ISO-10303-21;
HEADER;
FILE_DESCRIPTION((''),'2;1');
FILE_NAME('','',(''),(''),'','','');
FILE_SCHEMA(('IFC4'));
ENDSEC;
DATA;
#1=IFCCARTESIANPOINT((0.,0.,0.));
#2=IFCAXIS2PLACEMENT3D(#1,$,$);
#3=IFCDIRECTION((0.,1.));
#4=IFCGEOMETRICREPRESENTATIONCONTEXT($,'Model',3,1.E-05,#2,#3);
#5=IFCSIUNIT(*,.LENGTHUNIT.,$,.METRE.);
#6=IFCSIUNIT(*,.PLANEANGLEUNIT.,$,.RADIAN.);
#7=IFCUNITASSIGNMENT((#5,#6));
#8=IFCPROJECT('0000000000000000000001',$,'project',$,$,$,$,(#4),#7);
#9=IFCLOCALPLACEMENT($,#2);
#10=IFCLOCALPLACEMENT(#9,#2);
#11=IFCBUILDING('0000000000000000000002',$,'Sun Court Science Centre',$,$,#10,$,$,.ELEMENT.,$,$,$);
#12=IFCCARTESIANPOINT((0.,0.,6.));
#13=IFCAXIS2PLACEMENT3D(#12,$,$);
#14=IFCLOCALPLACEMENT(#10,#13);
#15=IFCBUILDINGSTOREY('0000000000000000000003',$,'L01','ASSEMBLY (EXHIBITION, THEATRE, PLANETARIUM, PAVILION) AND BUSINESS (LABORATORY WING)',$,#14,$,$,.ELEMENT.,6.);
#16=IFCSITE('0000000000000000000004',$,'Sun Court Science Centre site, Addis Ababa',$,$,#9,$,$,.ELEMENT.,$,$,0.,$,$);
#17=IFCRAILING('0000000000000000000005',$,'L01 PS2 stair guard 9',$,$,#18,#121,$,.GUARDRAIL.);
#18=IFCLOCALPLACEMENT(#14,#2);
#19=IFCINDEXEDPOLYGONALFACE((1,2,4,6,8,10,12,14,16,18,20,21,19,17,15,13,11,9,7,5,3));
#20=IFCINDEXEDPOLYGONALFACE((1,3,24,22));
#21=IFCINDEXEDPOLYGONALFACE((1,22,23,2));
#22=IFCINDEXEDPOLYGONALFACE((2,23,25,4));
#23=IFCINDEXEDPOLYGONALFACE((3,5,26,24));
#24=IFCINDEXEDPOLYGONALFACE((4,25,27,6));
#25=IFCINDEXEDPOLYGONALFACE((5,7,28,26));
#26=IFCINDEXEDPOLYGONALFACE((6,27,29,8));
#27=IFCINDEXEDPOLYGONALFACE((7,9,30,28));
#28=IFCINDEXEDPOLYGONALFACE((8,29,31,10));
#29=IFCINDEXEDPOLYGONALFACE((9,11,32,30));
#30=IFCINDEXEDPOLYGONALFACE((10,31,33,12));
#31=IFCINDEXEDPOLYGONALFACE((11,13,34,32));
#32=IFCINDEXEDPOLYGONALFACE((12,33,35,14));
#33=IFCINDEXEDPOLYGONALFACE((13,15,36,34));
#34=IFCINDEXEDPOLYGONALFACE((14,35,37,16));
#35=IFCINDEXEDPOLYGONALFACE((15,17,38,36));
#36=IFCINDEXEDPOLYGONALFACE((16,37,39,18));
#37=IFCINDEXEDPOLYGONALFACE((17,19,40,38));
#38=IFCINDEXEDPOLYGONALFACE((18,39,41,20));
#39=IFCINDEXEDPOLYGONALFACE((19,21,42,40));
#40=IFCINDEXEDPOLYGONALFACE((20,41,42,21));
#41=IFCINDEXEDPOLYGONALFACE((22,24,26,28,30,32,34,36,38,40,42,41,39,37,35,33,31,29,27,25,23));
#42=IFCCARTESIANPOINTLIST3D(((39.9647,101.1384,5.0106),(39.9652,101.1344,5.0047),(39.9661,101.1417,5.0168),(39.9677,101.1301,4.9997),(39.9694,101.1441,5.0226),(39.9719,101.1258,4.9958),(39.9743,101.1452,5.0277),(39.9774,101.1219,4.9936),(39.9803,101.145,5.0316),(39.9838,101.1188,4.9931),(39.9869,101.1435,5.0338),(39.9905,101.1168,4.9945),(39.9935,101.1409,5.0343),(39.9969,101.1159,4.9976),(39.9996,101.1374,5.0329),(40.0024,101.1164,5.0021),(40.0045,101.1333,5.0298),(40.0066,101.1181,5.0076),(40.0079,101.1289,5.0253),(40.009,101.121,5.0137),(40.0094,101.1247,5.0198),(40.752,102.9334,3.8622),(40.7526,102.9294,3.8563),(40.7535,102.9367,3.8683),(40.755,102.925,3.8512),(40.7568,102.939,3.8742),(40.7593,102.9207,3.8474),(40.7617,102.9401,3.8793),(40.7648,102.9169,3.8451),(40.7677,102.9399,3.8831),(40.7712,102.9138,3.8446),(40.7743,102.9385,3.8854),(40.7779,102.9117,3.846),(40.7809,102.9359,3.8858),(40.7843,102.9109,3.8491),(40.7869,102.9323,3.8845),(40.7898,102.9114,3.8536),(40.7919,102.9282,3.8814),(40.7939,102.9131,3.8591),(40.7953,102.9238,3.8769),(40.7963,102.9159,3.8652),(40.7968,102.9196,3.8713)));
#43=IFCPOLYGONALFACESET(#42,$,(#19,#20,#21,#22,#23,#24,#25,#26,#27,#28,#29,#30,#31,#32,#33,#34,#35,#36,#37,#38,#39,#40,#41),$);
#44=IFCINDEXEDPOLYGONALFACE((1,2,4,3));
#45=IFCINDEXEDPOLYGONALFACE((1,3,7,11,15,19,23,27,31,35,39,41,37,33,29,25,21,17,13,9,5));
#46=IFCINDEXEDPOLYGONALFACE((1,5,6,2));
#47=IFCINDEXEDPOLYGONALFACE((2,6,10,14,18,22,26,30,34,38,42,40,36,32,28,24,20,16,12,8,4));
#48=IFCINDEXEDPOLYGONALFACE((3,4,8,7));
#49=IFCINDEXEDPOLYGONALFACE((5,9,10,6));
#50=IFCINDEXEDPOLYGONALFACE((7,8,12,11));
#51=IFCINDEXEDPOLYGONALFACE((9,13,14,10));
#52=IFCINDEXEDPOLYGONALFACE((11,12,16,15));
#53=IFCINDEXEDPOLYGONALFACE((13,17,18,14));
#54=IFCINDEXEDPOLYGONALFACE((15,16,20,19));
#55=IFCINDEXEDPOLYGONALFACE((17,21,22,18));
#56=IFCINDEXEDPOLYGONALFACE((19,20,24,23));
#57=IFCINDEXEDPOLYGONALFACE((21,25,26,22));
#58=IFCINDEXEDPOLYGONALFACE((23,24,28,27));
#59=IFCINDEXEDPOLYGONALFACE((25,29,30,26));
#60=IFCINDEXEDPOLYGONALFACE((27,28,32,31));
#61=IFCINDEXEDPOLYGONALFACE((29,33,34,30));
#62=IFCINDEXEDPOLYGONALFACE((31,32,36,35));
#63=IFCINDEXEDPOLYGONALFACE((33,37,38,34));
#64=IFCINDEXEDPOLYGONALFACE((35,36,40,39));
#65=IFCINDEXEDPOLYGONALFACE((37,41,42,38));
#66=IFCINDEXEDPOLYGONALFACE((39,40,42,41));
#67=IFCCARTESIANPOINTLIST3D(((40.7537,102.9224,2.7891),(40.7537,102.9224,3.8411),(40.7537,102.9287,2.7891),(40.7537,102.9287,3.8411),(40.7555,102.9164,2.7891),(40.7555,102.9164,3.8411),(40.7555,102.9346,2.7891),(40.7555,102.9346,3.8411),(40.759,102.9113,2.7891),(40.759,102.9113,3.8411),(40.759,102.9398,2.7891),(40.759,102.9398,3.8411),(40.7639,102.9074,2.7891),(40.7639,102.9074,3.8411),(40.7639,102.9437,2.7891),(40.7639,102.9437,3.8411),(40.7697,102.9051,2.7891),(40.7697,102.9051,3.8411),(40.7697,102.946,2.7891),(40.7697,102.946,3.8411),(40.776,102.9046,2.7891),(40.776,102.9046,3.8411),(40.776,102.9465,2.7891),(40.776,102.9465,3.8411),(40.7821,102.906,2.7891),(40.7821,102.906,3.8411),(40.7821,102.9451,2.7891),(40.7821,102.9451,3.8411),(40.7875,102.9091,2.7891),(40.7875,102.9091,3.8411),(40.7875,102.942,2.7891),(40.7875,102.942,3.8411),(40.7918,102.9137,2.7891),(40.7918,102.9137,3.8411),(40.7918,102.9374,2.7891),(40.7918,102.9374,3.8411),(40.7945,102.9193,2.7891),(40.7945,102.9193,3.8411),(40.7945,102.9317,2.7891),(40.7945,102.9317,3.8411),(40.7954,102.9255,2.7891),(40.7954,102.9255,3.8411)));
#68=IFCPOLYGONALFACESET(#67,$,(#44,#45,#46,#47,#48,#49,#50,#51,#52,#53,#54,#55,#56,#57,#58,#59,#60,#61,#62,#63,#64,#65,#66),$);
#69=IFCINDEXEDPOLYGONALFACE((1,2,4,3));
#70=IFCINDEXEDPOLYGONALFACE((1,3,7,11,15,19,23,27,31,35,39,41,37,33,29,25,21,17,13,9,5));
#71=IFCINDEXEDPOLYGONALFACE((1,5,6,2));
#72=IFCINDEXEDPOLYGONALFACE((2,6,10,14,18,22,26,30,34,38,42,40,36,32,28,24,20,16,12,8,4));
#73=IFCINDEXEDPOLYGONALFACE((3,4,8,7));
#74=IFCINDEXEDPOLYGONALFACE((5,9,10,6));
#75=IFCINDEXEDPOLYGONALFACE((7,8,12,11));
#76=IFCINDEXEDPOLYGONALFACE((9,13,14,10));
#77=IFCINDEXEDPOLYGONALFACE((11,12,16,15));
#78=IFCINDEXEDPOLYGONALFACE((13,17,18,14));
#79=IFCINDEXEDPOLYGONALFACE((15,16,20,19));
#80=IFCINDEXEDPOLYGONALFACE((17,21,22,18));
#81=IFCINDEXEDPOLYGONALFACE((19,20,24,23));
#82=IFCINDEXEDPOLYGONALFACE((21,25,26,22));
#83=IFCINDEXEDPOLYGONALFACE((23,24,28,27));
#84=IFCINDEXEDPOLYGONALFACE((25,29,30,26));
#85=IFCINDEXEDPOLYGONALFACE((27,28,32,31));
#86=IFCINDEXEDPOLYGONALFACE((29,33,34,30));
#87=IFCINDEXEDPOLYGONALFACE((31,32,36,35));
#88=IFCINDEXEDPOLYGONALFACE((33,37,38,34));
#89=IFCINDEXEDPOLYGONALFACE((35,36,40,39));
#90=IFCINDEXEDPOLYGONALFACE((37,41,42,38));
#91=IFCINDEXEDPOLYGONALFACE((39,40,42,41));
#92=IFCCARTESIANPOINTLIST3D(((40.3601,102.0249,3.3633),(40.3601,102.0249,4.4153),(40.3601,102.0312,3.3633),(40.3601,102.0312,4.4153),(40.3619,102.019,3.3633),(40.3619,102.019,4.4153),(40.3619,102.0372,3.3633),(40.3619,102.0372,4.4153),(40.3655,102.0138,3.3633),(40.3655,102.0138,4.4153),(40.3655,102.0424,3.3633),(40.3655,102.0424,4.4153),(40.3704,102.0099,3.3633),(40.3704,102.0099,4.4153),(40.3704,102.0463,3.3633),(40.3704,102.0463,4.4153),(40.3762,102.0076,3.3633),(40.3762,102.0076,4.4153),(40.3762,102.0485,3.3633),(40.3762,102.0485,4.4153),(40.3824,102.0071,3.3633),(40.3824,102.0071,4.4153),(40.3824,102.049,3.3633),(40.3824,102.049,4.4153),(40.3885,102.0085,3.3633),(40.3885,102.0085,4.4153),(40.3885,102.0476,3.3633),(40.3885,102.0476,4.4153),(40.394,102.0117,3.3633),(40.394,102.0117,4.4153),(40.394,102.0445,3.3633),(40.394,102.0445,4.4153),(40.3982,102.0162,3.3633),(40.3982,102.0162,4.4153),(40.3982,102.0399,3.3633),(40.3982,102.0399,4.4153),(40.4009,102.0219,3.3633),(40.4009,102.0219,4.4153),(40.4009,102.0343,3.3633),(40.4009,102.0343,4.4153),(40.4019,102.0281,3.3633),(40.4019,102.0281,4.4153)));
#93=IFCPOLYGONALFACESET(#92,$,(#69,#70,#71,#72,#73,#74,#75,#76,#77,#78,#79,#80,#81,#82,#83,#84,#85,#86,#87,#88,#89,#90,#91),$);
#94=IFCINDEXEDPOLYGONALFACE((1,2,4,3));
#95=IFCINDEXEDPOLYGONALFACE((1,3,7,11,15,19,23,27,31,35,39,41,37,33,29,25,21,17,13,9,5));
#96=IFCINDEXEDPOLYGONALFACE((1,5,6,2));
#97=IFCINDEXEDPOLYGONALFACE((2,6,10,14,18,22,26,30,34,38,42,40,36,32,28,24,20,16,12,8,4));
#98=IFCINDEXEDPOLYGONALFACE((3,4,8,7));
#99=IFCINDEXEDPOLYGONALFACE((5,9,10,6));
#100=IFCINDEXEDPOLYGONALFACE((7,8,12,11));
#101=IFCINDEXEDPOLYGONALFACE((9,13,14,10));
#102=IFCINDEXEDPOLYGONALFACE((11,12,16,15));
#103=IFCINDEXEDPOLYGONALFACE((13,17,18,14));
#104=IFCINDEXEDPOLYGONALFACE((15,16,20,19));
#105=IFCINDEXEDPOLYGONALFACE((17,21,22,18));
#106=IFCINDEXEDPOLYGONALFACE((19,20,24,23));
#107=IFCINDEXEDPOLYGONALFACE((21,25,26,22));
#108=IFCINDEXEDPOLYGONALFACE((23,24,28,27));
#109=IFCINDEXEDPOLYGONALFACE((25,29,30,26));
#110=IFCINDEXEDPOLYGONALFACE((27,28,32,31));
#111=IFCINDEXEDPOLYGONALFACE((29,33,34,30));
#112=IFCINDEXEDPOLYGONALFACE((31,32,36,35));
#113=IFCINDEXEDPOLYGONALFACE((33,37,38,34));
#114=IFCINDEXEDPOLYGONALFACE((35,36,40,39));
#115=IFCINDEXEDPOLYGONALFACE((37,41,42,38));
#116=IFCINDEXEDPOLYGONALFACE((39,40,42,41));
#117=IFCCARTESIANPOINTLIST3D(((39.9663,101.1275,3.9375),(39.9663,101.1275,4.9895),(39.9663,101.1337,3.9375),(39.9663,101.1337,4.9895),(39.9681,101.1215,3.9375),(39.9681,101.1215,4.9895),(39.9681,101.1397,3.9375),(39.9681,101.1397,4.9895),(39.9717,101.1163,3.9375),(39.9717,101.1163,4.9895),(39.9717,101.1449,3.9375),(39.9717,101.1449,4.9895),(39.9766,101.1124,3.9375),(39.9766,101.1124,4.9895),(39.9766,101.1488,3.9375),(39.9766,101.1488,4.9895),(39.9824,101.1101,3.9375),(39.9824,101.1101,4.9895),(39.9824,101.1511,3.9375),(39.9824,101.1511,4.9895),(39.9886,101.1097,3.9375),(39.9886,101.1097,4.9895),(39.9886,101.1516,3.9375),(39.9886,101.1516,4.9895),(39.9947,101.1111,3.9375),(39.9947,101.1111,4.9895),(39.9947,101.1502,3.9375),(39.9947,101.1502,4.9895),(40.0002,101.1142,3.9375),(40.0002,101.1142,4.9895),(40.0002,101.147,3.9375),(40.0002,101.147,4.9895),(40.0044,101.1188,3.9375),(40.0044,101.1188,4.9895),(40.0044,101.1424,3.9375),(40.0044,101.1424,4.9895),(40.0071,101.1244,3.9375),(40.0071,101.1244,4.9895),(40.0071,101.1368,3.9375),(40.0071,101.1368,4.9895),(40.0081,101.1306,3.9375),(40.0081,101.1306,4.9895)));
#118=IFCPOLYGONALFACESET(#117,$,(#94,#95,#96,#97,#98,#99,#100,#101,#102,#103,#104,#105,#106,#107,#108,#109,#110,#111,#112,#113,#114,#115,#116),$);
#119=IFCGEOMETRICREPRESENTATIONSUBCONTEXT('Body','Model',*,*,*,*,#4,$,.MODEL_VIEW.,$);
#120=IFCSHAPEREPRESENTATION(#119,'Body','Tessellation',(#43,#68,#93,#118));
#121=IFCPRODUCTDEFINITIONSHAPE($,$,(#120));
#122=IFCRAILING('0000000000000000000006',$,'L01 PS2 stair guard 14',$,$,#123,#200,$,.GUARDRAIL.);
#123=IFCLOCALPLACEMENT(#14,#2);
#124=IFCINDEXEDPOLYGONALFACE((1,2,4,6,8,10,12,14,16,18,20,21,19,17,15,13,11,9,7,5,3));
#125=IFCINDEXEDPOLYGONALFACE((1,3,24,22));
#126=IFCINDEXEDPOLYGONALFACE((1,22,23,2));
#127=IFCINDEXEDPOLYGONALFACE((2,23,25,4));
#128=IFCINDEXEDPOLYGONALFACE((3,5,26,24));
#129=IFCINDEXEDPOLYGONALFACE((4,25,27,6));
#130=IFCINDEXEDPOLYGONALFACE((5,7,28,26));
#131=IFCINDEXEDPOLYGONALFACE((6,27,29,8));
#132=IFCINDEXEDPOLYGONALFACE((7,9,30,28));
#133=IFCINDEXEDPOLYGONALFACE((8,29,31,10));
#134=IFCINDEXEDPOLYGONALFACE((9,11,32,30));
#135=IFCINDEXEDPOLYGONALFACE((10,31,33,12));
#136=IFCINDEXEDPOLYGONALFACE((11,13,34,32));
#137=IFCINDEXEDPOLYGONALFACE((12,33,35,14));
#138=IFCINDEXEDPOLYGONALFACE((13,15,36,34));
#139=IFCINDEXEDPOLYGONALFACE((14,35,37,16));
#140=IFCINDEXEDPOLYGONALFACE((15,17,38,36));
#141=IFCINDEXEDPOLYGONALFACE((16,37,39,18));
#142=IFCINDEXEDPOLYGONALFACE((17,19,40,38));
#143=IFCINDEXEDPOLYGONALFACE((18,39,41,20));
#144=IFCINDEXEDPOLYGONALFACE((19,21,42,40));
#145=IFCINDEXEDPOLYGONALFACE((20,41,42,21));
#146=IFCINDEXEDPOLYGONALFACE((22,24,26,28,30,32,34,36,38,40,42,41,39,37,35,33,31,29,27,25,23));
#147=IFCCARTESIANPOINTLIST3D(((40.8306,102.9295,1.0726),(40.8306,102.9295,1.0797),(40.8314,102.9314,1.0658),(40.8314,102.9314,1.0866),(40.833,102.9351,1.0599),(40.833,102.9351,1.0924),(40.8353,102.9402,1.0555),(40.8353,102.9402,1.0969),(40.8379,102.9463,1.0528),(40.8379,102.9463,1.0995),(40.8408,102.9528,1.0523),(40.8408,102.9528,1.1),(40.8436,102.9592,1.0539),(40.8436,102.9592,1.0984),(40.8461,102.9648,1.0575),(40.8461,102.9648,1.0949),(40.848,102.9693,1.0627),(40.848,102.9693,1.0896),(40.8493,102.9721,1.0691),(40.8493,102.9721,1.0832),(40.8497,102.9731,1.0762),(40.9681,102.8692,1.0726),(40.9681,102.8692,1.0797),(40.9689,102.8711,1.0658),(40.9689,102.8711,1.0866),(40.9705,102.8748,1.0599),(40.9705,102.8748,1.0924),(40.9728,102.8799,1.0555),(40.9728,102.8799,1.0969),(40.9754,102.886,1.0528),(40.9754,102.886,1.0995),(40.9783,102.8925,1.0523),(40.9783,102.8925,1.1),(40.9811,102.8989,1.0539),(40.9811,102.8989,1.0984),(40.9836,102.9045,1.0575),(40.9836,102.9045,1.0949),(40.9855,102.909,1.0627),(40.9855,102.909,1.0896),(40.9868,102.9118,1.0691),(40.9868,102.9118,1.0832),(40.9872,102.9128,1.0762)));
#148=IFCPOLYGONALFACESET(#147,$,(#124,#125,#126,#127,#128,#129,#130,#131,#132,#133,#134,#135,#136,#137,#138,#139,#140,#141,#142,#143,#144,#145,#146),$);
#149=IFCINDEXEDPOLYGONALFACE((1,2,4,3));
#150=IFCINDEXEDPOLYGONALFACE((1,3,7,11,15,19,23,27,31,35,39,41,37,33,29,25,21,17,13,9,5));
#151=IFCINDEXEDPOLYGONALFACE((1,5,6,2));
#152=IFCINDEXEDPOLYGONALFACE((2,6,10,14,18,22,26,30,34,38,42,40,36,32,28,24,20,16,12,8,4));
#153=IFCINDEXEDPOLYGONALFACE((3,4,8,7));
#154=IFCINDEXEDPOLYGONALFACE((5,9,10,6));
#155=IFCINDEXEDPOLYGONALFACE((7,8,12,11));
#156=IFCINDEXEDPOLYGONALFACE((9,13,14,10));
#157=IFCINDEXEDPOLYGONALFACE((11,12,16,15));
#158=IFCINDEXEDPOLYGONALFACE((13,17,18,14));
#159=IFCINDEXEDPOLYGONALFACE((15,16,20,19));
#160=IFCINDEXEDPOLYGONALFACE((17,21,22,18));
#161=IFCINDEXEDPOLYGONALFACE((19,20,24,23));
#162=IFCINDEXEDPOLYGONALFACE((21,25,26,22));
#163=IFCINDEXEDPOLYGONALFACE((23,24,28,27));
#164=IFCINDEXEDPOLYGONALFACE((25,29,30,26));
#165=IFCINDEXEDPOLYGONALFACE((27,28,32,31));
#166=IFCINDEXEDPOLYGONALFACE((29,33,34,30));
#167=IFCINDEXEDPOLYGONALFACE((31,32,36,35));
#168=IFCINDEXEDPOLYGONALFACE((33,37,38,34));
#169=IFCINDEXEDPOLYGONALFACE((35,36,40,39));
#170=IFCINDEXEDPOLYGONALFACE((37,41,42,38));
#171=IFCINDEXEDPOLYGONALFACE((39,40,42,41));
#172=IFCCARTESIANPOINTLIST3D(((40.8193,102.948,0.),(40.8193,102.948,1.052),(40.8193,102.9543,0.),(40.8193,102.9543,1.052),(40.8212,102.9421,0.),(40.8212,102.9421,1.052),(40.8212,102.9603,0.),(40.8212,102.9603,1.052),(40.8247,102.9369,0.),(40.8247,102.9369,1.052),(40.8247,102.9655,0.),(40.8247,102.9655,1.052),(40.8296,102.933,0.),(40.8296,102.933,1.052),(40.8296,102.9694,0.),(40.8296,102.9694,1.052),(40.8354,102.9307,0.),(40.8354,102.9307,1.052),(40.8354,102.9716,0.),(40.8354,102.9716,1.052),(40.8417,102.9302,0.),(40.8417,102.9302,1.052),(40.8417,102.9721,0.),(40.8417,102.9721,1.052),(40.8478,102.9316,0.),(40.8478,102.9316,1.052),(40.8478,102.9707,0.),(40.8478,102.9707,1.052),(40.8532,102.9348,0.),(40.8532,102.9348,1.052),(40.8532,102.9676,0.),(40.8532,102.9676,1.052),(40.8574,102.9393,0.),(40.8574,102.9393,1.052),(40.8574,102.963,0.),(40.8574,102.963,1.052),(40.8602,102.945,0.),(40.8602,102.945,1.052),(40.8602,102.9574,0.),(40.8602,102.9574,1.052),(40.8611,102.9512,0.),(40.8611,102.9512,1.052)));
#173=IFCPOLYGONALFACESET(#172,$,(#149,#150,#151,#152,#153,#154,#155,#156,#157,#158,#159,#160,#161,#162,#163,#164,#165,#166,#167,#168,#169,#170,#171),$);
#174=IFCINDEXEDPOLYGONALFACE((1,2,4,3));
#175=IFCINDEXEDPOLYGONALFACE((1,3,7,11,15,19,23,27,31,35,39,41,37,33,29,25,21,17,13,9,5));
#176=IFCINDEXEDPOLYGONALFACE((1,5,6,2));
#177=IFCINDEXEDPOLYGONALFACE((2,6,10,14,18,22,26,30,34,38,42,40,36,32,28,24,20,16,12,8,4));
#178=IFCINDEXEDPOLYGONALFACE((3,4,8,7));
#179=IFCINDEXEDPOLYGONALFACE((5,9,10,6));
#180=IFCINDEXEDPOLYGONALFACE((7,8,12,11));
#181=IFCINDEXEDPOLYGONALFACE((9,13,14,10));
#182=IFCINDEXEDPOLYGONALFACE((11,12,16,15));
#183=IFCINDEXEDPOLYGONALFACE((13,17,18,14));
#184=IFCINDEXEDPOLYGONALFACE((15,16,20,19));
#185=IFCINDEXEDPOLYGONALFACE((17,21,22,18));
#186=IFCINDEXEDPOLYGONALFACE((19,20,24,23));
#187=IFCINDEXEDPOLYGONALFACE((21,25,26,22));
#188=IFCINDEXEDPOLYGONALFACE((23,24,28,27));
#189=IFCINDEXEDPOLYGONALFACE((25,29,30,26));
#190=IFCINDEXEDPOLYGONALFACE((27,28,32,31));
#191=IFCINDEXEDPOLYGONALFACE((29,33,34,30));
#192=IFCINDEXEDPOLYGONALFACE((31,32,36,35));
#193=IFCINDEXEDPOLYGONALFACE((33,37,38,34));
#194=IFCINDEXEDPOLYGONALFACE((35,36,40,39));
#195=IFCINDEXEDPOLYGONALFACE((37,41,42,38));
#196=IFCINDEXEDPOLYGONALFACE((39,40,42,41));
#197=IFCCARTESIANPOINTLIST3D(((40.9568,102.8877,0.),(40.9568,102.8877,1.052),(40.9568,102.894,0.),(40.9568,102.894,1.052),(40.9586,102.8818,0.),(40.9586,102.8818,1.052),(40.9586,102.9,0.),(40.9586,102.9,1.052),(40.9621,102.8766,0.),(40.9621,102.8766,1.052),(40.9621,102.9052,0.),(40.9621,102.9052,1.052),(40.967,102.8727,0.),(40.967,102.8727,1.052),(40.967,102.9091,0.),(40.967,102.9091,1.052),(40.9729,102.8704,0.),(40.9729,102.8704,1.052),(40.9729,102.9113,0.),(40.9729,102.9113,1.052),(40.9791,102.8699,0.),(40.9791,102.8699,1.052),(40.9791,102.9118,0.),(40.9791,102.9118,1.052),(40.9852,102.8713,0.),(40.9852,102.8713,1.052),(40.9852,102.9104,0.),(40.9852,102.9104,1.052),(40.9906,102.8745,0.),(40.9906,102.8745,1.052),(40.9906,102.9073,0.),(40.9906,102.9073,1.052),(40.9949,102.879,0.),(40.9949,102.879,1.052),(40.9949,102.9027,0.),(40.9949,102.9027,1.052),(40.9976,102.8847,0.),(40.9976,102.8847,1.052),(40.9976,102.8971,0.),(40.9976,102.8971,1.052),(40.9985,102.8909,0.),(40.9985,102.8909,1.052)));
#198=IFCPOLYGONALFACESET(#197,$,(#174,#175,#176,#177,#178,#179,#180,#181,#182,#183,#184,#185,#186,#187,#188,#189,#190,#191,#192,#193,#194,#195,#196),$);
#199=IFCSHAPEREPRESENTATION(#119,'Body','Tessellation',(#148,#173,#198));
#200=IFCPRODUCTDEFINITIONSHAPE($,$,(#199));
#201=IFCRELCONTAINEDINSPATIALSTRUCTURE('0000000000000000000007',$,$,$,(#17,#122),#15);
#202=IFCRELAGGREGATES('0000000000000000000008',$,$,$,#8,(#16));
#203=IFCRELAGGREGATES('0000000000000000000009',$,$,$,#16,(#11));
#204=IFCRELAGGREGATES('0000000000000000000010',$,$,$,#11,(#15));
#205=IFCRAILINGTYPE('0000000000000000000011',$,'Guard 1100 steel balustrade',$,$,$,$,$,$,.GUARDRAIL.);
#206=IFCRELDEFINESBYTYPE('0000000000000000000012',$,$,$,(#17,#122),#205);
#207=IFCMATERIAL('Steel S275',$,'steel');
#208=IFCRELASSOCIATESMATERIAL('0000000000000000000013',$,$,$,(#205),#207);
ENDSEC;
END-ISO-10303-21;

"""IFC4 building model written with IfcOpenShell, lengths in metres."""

from ifc_helpers import new_model, si_unit, direction, frame, origin, origin_2d, place, context, subcontext, project, spatial, circle, extrude, material, type_object, element, save


model = new_model("IFC4")

# Units and contexts
model_context = context("Model", 3, precision=1e-05, world=origin(), true_north=direction((0.0, 1.0)))
body_context = subcontext(model_context, "Body", "Model", "MODEL_VIEW")
ifc_project = project(units=[si_unit("LENGTHUNIT", "METRE"), si_unit("PLANEANGLEUNIT", "RADIAN")], contexts=[model_context])

# Site, building, storey
site_placement = place(None, origin())
site = spatial("IfcSite", under=ifc_project, at=site_placement, Name="Sun Court Science Centre site, Addis Ababa", CompositionType="ELEMENT", RefElevation=0.0)
building_placement = place(site_placement, origin())
building = spatial("IfcBuilding", under=site, at=building_placement, Name="Sun Court Science Centre", CompositionType="ELEMENT")
storey_placement = place(building_placement, frame((0.0, 0.0, 6.0)))
storey = spatial("IfcBuildingStorey", under=building, at=storey_placement, Name="L01", Description="ASSEMBLY (EXHIBITION, THEATRE, PLANETARIUM, PAVILION) AND BUSINESS (LABORATORY WING)", CompositionType="ELEMENT", Elevation=6.0)

# Railings
ifc_material_1 = material(Name="Steel S275", Category="steel")
railing_type_1 = type_object("IfcRailingType", Name="Guard 1100 steel balustrade", PredefinedType="GUARDRAIL", material=ifc_material_1)
railing_1_placement = place(storey_placement, frame((40.7744, 102.9255, 2.7891)))
element("IfcRailing", 1, at=railing_1_placement, inside=storey, type_object=railing_type_1, Name="L01 PS2 stair guard 9", PredefinedType="GUARDRAIL", context=body_context, shape_type="SweptSolid", body=[
    extrude(circle(Radius=0.0239, at=origin_2d()), frame((0.0, 0.0, 1.0762), z_axis=(-0.346594, -0.790126, 0.505543), x_axis=(0.915768, -0.401707, 0.0)), (0.0, 0.0, 1.0), 2.2717),
    extrude(circle(Radius=0.021, at=origin_2d()), origin(), (0.0, 0.0, 1.0), 1.052),
    extrude(circle(Radius=0.021, at=origin_2d()), frame((-0.3936, -0.8975, 0.5742)), (0.0, 0.0, 1.0), 1.052),
    extrude(circle(Radius=0.021, at=origin_2d()), frame((-0.7874, -1.7949, 1.1484)), (0.0, 0.0, 1.0), 1.052),
])
railing_2_placement = place(storey_placement, frame((40.8401, 102.9512, 0.0)))
element("IfcRailing", 2, at=railing_2_placement, inside=storey, type_object=railing_type_1, Name="L01 PS2 stair guard 14", PredefinedType="GUARDRAIL", context=body_context, shape_type="SweptSolid", body=[
    extrude(circle(Radius=0.0239, at=origin_2d()), frame((0.0, 0.0, 1.0762), z_axis=(0.915746, -0.401757, 0.0), x_axis=(0.401757, 0.915746, 0.0)), (0.0, 0.0, 1.0), 0.1501),
    extrude(circle(Radius=0.021, at=origin_2d()), origin(), (0.0, 0.0, 1.0), 1.052),
    extrude(circle(Radius=0.021, at=origin_2d()), frame((0.1375, -0.0603, 0.0)), (0.0, 0.0, 1.0), 1.052),
])

save(model, "model.ifc")
